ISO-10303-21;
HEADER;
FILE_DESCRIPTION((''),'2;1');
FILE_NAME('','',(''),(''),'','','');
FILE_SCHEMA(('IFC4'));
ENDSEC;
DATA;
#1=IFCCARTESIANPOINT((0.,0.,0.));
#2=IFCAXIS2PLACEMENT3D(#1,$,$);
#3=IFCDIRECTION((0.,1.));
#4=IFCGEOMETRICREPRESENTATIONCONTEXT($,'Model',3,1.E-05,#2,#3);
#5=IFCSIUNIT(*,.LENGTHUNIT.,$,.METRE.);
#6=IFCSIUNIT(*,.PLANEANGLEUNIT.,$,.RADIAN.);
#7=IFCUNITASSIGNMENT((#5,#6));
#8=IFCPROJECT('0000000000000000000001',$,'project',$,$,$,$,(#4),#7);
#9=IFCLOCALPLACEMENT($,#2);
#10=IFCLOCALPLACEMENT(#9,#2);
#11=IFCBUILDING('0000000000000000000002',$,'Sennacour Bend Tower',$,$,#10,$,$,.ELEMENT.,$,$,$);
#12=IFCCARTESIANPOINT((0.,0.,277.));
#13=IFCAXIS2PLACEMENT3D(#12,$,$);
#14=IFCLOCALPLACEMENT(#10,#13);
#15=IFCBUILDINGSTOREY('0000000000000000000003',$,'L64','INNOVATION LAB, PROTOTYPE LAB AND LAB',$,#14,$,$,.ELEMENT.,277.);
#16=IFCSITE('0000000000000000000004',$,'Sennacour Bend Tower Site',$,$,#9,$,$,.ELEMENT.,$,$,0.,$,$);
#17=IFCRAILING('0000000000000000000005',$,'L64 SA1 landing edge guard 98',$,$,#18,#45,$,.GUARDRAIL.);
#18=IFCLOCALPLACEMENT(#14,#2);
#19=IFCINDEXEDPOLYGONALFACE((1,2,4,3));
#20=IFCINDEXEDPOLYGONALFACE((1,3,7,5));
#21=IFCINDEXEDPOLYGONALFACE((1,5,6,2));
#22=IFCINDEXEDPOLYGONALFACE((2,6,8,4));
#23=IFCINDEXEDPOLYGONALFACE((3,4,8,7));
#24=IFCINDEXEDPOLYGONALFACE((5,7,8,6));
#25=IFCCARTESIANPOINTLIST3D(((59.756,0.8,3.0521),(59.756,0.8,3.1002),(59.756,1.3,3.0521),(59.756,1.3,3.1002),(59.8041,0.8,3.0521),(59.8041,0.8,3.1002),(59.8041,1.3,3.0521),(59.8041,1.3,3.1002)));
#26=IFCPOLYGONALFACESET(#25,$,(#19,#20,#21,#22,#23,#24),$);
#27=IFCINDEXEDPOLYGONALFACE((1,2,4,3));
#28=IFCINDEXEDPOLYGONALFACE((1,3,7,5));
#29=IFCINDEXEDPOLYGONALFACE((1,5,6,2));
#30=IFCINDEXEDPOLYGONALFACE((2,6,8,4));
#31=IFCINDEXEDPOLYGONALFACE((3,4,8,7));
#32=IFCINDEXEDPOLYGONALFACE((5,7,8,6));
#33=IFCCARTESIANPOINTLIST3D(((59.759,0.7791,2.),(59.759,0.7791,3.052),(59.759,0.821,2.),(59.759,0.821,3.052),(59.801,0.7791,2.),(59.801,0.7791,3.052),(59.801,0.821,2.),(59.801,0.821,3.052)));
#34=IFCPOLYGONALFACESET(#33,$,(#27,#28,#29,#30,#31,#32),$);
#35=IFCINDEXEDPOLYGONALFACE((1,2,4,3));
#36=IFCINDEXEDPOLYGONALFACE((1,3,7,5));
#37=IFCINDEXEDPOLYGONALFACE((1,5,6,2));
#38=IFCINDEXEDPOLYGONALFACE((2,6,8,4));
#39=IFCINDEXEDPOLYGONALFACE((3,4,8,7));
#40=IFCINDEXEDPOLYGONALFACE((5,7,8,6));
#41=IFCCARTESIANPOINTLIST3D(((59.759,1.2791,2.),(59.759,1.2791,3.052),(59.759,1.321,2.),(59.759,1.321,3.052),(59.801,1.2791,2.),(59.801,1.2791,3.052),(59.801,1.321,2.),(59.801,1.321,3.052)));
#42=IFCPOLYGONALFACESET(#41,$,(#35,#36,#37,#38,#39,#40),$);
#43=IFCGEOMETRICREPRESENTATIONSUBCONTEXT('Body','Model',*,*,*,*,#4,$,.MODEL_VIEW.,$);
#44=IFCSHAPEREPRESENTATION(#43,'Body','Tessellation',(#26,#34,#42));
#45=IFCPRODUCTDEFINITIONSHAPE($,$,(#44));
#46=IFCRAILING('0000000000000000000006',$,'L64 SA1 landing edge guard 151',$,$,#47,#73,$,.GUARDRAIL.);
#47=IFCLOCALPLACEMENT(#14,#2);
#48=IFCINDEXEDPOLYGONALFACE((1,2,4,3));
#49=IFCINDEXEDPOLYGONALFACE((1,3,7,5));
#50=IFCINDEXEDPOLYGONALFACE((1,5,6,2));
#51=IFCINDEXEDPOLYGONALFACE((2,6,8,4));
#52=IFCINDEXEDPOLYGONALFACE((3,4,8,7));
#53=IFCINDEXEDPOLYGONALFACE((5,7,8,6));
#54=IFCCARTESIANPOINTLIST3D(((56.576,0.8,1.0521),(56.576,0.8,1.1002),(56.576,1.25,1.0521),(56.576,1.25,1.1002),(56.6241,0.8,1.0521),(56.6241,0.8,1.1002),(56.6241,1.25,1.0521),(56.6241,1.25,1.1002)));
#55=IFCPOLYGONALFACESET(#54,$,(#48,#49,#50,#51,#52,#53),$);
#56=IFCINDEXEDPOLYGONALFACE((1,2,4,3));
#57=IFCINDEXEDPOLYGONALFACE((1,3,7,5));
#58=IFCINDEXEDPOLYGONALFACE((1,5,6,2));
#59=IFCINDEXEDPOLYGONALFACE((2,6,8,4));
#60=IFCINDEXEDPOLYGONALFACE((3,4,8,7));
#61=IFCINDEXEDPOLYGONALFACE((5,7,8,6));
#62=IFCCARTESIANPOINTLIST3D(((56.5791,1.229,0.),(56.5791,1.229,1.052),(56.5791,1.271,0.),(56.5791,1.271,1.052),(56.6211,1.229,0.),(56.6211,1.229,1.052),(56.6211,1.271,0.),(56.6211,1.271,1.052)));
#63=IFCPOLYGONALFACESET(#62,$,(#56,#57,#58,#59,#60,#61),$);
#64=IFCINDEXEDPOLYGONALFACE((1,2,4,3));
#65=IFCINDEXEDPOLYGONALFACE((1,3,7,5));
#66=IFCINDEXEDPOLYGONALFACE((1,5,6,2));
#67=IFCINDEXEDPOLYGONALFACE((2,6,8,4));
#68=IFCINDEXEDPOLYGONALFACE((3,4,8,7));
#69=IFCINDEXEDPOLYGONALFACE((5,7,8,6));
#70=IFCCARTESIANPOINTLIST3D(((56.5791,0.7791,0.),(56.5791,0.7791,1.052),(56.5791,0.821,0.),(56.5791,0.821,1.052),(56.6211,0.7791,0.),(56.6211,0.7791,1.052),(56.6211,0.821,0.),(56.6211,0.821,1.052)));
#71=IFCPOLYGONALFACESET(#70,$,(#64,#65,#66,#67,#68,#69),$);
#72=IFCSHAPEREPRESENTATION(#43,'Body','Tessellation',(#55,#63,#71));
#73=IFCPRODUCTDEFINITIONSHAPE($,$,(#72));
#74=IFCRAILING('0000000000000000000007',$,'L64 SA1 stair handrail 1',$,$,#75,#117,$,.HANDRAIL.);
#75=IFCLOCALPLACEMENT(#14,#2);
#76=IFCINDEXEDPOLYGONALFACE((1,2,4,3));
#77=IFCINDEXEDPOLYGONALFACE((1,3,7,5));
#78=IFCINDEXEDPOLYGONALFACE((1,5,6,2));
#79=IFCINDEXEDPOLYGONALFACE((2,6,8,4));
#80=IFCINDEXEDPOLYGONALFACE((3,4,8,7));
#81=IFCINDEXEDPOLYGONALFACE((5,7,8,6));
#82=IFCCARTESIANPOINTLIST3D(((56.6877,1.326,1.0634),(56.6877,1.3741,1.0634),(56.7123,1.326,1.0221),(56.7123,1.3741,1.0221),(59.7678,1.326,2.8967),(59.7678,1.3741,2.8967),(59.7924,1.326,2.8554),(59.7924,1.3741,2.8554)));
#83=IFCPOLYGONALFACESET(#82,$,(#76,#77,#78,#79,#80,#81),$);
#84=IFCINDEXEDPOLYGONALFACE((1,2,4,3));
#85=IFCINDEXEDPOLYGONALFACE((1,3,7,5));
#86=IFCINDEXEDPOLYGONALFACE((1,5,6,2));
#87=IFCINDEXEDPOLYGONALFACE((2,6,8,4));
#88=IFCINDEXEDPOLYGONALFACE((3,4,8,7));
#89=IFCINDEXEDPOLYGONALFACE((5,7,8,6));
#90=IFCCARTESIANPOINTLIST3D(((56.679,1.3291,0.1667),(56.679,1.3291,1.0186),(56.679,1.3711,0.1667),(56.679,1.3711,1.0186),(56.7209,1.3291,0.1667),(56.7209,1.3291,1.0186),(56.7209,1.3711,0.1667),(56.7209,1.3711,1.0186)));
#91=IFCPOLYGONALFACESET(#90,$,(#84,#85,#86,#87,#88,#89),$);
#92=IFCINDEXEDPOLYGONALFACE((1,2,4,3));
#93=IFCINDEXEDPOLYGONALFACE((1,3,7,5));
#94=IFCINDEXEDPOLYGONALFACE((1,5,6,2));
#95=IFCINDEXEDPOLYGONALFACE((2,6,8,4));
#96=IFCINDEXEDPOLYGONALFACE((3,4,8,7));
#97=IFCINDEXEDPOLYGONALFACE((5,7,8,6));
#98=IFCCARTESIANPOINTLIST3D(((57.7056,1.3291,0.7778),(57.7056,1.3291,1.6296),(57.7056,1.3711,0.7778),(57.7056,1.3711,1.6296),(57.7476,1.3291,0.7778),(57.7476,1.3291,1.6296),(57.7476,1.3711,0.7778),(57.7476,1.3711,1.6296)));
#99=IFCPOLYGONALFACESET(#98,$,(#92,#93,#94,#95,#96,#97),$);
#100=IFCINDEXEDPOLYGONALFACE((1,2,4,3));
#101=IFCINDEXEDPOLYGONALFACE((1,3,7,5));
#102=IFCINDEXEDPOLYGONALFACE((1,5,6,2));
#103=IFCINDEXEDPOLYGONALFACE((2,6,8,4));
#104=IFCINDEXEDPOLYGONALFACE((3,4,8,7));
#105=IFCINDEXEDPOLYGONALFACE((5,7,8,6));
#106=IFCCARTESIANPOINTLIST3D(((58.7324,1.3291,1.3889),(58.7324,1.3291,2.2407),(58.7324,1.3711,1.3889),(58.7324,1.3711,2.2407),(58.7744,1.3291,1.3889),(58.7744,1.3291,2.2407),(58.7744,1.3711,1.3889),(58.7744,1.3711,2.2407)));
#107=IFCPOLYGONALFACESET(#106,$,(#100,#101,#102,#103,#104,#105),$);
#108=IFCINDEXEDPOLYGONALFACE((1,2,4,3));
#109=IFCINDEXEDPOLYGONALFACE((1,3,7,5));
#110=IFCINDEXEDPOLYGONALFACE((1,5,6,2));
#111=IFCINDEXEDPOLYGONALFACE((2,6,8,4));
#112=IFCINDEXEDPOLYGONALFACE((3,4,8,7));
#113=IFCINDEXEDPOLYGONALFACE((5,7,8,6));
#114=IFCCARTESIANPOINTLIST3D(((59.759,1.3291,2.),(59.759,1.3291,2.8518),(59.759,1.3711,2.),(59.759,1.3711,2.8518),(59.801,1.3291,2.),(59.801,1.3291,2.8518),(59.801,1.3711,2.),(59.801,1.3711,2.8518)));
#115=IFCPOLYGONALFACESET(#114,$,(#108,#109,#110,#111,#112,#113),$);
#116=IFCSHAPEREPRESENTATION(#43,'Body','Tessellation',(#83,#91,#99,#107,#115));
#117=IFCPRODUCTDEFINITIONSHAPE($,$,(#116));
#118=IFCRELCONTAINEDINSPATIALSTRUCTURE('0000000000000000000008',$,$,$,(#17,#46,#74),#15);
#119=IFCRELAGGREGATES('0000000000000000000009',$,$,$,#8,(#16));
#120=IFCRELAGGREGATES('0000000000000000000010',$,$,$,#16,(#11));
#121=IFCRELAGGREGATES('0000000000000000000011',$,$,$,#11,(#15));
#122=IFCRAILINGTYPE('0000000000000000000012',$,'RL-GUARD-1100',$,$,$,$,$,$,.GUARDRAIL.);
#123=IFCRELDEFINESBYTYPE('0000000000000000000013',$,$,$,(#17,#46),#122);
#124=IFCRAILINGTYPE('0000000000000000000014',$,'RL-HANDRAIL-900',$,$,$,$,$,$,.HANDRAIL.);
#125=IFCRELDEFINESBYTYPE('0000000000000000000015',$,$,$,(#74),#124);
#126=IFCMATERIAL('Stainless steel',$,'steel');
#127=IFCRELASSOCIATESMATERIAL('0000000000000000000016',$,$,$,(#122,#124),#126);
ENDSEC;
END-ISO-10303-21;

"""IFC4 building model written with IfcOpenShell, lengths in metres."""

from ifc_helpers import new_model, si_unit, direction, frame, origin, origin_2d, place, context, subcontext, project, spatial, rectangle, extrude, material, type_object, element, save


model = new_model("IFC4")

# Units and contexts
model_context = context("Model", 3, precision=1e-05, world=origin(), true_north=direction((0.0, 1.0)))
body_context = subcontext(model_context, "Body", "Model", "MODEL_VIEW")
ifc_project = project(units=[si_unit("LENGTHUNIT", "METRE"), si_unit("PLANEANGLEUNIT", "RADIAN")], contexts=[model_context])

# Site, building, storey
site_placement = place(None, origin())
site = spatial("IfcSite", under=ifc_project, at=site_placement, Name="Sennacour Bend Tower Site", CompositionType="ELEMENT", RefElevation=0.0)
building_placement = place(site_placement, origin())
building = spatial("IfcBuilding", under=site, at=building_placement, Name="Sennacour Bend Tower", CompositionType="ELEMENT")
storey_placement = place(building_placement, frame((0.0, 0.0, 277.0)))
storey = spatial("IfcBuildingStorey", under=building, at=storey_placement, Name="L64", Description="INNOVATION LAB, PROTOTYPE LAB AND LAB", CompositionType="ELEMENT", Elevation=277.0)

# Shared definitions
ifc_material_1 = material(Name="Stainless steel", Category="steel")

# Railings
railing_type_1 = type_object("IfcRailingType", Name="RL-GUARD-1100", PredefinedType="GUARDRAIL", material=ifc_material_1)
railing_1_placement = place(storey_placement, frame((59.78, 0.8, 2.0)))
element("IfcRailing", 1, at=railing_1_placement, inside=storey, type_object=railing_type_1, Name="L64 SA1 landing edge guard 98", PredefinedType="GUARDRAIL", context=body_context, shape_type="SweptSolid", body=[
    extrude(rectangle(XDim=0.0481, YDim=0.0481, at=origin_2d()), frame((0.0, 0.0, 1.0762), z_axis=(0.0, 1.0, 0.0), x_axis=(-1.0, 0.0, 0.0)), (0.0, 0.0, 1.0), 0.5),
    extrude(rectangle(XDim=0.042, YDim=0.042, at=origin_2d()), origin(), (0.0, 0.0, 1.0), 1.052),
    extrude(rectangle(XDim=0.042, YDim=0.042, at=origin_2d()), frame((0.0, 0.5, 0.0)), (0.0, 0.0, 1.0), 1.052),
])
railing_2_placement = place(storey_placement, frame((56.6001, 1.25, 0.0)))
element("IfcRailing", 2, at=railing_2_placement, inside=storey, type_object=railing_type_1, Name="L64 SA1 landing edge guard 151", PredefinedType="GUARDRAIL", context=body_context, shape_type="SweptSolid", body=[
    extrude(rectangle(XDim=0.0481, YDim=0.0481, at=origin_2d()), frame((0.0, 0.0, 1.0762), z_axis=(0.0, -1.0, 0.0), x_axis=(1.0, 0.0, 0.0)), (0.0, 0.0, 1.0), 0.45),
    extrude(rectangle(XDim=0.042, YDim=0.042, at=origin_2d()), origin(), (0.0, 0.0, 1.0), 1.052),
    extrude(rectangle(XDim=0.042, YDim=0.042, at=origin_2d()), frame((0.0, -0.45, 0.0)), (0.0, 0.0, 1.0), 1.052),
])
railing_type_2 = type_object("IfcRailingType", Name="RL-HANDRAIL-900", PredefinedType="HANDRAIL", material=ifc_material_1)
railing_3_placement = place(storey_placement, frame((56.7, 1.3501, 0.1667)))
element("IfcRailing", 3, at=railing_3_placement, inside=storey, type_object=railing_type_2, Name="L64 SA1 stair handrail 1", PredefinedType="HANDRAIL", context=body_context, shape_type="SweptSolid", body=[
    extrude(rectangle(XDim=0.0481, YDim=0.0481, at=origin_2d()), frame((0.0, 0.0, 0.876), z_axis=(0.859309, 0.0, 0.511458), x_axis=(0.0, 1.0, 0.0)), (0.0, 0.0, 1.0), 3.5845),
    extrude(rectangle(XDim=0.042, YDim=0.042, at=origin_2d()), origin(), (0.0, 0.0, 1.0), 0.8518),
    extrude(rectangle(XDim=0.042, YDim=0.042, at=origin_2d()), frame((1.0266, 0.0, 0.6111)), (0.0, 0.0, 1.0), 0.8518),
    extrude(rectangle(XDim=0.042, YDim=0.042, at=origin_2d()), frame((2.0535, 0.0, 1.2222)), (0.0, 0.0, 1.0), 0.8518),
    extrude(rectangle(XDim=0.042, YDim=0.042, at=origin_2d()), frame((3.0801, 0.0, 1.8333)), (0.0, 0.0, 1.0), 0.8518),
])

save(model, "model.ifc")
